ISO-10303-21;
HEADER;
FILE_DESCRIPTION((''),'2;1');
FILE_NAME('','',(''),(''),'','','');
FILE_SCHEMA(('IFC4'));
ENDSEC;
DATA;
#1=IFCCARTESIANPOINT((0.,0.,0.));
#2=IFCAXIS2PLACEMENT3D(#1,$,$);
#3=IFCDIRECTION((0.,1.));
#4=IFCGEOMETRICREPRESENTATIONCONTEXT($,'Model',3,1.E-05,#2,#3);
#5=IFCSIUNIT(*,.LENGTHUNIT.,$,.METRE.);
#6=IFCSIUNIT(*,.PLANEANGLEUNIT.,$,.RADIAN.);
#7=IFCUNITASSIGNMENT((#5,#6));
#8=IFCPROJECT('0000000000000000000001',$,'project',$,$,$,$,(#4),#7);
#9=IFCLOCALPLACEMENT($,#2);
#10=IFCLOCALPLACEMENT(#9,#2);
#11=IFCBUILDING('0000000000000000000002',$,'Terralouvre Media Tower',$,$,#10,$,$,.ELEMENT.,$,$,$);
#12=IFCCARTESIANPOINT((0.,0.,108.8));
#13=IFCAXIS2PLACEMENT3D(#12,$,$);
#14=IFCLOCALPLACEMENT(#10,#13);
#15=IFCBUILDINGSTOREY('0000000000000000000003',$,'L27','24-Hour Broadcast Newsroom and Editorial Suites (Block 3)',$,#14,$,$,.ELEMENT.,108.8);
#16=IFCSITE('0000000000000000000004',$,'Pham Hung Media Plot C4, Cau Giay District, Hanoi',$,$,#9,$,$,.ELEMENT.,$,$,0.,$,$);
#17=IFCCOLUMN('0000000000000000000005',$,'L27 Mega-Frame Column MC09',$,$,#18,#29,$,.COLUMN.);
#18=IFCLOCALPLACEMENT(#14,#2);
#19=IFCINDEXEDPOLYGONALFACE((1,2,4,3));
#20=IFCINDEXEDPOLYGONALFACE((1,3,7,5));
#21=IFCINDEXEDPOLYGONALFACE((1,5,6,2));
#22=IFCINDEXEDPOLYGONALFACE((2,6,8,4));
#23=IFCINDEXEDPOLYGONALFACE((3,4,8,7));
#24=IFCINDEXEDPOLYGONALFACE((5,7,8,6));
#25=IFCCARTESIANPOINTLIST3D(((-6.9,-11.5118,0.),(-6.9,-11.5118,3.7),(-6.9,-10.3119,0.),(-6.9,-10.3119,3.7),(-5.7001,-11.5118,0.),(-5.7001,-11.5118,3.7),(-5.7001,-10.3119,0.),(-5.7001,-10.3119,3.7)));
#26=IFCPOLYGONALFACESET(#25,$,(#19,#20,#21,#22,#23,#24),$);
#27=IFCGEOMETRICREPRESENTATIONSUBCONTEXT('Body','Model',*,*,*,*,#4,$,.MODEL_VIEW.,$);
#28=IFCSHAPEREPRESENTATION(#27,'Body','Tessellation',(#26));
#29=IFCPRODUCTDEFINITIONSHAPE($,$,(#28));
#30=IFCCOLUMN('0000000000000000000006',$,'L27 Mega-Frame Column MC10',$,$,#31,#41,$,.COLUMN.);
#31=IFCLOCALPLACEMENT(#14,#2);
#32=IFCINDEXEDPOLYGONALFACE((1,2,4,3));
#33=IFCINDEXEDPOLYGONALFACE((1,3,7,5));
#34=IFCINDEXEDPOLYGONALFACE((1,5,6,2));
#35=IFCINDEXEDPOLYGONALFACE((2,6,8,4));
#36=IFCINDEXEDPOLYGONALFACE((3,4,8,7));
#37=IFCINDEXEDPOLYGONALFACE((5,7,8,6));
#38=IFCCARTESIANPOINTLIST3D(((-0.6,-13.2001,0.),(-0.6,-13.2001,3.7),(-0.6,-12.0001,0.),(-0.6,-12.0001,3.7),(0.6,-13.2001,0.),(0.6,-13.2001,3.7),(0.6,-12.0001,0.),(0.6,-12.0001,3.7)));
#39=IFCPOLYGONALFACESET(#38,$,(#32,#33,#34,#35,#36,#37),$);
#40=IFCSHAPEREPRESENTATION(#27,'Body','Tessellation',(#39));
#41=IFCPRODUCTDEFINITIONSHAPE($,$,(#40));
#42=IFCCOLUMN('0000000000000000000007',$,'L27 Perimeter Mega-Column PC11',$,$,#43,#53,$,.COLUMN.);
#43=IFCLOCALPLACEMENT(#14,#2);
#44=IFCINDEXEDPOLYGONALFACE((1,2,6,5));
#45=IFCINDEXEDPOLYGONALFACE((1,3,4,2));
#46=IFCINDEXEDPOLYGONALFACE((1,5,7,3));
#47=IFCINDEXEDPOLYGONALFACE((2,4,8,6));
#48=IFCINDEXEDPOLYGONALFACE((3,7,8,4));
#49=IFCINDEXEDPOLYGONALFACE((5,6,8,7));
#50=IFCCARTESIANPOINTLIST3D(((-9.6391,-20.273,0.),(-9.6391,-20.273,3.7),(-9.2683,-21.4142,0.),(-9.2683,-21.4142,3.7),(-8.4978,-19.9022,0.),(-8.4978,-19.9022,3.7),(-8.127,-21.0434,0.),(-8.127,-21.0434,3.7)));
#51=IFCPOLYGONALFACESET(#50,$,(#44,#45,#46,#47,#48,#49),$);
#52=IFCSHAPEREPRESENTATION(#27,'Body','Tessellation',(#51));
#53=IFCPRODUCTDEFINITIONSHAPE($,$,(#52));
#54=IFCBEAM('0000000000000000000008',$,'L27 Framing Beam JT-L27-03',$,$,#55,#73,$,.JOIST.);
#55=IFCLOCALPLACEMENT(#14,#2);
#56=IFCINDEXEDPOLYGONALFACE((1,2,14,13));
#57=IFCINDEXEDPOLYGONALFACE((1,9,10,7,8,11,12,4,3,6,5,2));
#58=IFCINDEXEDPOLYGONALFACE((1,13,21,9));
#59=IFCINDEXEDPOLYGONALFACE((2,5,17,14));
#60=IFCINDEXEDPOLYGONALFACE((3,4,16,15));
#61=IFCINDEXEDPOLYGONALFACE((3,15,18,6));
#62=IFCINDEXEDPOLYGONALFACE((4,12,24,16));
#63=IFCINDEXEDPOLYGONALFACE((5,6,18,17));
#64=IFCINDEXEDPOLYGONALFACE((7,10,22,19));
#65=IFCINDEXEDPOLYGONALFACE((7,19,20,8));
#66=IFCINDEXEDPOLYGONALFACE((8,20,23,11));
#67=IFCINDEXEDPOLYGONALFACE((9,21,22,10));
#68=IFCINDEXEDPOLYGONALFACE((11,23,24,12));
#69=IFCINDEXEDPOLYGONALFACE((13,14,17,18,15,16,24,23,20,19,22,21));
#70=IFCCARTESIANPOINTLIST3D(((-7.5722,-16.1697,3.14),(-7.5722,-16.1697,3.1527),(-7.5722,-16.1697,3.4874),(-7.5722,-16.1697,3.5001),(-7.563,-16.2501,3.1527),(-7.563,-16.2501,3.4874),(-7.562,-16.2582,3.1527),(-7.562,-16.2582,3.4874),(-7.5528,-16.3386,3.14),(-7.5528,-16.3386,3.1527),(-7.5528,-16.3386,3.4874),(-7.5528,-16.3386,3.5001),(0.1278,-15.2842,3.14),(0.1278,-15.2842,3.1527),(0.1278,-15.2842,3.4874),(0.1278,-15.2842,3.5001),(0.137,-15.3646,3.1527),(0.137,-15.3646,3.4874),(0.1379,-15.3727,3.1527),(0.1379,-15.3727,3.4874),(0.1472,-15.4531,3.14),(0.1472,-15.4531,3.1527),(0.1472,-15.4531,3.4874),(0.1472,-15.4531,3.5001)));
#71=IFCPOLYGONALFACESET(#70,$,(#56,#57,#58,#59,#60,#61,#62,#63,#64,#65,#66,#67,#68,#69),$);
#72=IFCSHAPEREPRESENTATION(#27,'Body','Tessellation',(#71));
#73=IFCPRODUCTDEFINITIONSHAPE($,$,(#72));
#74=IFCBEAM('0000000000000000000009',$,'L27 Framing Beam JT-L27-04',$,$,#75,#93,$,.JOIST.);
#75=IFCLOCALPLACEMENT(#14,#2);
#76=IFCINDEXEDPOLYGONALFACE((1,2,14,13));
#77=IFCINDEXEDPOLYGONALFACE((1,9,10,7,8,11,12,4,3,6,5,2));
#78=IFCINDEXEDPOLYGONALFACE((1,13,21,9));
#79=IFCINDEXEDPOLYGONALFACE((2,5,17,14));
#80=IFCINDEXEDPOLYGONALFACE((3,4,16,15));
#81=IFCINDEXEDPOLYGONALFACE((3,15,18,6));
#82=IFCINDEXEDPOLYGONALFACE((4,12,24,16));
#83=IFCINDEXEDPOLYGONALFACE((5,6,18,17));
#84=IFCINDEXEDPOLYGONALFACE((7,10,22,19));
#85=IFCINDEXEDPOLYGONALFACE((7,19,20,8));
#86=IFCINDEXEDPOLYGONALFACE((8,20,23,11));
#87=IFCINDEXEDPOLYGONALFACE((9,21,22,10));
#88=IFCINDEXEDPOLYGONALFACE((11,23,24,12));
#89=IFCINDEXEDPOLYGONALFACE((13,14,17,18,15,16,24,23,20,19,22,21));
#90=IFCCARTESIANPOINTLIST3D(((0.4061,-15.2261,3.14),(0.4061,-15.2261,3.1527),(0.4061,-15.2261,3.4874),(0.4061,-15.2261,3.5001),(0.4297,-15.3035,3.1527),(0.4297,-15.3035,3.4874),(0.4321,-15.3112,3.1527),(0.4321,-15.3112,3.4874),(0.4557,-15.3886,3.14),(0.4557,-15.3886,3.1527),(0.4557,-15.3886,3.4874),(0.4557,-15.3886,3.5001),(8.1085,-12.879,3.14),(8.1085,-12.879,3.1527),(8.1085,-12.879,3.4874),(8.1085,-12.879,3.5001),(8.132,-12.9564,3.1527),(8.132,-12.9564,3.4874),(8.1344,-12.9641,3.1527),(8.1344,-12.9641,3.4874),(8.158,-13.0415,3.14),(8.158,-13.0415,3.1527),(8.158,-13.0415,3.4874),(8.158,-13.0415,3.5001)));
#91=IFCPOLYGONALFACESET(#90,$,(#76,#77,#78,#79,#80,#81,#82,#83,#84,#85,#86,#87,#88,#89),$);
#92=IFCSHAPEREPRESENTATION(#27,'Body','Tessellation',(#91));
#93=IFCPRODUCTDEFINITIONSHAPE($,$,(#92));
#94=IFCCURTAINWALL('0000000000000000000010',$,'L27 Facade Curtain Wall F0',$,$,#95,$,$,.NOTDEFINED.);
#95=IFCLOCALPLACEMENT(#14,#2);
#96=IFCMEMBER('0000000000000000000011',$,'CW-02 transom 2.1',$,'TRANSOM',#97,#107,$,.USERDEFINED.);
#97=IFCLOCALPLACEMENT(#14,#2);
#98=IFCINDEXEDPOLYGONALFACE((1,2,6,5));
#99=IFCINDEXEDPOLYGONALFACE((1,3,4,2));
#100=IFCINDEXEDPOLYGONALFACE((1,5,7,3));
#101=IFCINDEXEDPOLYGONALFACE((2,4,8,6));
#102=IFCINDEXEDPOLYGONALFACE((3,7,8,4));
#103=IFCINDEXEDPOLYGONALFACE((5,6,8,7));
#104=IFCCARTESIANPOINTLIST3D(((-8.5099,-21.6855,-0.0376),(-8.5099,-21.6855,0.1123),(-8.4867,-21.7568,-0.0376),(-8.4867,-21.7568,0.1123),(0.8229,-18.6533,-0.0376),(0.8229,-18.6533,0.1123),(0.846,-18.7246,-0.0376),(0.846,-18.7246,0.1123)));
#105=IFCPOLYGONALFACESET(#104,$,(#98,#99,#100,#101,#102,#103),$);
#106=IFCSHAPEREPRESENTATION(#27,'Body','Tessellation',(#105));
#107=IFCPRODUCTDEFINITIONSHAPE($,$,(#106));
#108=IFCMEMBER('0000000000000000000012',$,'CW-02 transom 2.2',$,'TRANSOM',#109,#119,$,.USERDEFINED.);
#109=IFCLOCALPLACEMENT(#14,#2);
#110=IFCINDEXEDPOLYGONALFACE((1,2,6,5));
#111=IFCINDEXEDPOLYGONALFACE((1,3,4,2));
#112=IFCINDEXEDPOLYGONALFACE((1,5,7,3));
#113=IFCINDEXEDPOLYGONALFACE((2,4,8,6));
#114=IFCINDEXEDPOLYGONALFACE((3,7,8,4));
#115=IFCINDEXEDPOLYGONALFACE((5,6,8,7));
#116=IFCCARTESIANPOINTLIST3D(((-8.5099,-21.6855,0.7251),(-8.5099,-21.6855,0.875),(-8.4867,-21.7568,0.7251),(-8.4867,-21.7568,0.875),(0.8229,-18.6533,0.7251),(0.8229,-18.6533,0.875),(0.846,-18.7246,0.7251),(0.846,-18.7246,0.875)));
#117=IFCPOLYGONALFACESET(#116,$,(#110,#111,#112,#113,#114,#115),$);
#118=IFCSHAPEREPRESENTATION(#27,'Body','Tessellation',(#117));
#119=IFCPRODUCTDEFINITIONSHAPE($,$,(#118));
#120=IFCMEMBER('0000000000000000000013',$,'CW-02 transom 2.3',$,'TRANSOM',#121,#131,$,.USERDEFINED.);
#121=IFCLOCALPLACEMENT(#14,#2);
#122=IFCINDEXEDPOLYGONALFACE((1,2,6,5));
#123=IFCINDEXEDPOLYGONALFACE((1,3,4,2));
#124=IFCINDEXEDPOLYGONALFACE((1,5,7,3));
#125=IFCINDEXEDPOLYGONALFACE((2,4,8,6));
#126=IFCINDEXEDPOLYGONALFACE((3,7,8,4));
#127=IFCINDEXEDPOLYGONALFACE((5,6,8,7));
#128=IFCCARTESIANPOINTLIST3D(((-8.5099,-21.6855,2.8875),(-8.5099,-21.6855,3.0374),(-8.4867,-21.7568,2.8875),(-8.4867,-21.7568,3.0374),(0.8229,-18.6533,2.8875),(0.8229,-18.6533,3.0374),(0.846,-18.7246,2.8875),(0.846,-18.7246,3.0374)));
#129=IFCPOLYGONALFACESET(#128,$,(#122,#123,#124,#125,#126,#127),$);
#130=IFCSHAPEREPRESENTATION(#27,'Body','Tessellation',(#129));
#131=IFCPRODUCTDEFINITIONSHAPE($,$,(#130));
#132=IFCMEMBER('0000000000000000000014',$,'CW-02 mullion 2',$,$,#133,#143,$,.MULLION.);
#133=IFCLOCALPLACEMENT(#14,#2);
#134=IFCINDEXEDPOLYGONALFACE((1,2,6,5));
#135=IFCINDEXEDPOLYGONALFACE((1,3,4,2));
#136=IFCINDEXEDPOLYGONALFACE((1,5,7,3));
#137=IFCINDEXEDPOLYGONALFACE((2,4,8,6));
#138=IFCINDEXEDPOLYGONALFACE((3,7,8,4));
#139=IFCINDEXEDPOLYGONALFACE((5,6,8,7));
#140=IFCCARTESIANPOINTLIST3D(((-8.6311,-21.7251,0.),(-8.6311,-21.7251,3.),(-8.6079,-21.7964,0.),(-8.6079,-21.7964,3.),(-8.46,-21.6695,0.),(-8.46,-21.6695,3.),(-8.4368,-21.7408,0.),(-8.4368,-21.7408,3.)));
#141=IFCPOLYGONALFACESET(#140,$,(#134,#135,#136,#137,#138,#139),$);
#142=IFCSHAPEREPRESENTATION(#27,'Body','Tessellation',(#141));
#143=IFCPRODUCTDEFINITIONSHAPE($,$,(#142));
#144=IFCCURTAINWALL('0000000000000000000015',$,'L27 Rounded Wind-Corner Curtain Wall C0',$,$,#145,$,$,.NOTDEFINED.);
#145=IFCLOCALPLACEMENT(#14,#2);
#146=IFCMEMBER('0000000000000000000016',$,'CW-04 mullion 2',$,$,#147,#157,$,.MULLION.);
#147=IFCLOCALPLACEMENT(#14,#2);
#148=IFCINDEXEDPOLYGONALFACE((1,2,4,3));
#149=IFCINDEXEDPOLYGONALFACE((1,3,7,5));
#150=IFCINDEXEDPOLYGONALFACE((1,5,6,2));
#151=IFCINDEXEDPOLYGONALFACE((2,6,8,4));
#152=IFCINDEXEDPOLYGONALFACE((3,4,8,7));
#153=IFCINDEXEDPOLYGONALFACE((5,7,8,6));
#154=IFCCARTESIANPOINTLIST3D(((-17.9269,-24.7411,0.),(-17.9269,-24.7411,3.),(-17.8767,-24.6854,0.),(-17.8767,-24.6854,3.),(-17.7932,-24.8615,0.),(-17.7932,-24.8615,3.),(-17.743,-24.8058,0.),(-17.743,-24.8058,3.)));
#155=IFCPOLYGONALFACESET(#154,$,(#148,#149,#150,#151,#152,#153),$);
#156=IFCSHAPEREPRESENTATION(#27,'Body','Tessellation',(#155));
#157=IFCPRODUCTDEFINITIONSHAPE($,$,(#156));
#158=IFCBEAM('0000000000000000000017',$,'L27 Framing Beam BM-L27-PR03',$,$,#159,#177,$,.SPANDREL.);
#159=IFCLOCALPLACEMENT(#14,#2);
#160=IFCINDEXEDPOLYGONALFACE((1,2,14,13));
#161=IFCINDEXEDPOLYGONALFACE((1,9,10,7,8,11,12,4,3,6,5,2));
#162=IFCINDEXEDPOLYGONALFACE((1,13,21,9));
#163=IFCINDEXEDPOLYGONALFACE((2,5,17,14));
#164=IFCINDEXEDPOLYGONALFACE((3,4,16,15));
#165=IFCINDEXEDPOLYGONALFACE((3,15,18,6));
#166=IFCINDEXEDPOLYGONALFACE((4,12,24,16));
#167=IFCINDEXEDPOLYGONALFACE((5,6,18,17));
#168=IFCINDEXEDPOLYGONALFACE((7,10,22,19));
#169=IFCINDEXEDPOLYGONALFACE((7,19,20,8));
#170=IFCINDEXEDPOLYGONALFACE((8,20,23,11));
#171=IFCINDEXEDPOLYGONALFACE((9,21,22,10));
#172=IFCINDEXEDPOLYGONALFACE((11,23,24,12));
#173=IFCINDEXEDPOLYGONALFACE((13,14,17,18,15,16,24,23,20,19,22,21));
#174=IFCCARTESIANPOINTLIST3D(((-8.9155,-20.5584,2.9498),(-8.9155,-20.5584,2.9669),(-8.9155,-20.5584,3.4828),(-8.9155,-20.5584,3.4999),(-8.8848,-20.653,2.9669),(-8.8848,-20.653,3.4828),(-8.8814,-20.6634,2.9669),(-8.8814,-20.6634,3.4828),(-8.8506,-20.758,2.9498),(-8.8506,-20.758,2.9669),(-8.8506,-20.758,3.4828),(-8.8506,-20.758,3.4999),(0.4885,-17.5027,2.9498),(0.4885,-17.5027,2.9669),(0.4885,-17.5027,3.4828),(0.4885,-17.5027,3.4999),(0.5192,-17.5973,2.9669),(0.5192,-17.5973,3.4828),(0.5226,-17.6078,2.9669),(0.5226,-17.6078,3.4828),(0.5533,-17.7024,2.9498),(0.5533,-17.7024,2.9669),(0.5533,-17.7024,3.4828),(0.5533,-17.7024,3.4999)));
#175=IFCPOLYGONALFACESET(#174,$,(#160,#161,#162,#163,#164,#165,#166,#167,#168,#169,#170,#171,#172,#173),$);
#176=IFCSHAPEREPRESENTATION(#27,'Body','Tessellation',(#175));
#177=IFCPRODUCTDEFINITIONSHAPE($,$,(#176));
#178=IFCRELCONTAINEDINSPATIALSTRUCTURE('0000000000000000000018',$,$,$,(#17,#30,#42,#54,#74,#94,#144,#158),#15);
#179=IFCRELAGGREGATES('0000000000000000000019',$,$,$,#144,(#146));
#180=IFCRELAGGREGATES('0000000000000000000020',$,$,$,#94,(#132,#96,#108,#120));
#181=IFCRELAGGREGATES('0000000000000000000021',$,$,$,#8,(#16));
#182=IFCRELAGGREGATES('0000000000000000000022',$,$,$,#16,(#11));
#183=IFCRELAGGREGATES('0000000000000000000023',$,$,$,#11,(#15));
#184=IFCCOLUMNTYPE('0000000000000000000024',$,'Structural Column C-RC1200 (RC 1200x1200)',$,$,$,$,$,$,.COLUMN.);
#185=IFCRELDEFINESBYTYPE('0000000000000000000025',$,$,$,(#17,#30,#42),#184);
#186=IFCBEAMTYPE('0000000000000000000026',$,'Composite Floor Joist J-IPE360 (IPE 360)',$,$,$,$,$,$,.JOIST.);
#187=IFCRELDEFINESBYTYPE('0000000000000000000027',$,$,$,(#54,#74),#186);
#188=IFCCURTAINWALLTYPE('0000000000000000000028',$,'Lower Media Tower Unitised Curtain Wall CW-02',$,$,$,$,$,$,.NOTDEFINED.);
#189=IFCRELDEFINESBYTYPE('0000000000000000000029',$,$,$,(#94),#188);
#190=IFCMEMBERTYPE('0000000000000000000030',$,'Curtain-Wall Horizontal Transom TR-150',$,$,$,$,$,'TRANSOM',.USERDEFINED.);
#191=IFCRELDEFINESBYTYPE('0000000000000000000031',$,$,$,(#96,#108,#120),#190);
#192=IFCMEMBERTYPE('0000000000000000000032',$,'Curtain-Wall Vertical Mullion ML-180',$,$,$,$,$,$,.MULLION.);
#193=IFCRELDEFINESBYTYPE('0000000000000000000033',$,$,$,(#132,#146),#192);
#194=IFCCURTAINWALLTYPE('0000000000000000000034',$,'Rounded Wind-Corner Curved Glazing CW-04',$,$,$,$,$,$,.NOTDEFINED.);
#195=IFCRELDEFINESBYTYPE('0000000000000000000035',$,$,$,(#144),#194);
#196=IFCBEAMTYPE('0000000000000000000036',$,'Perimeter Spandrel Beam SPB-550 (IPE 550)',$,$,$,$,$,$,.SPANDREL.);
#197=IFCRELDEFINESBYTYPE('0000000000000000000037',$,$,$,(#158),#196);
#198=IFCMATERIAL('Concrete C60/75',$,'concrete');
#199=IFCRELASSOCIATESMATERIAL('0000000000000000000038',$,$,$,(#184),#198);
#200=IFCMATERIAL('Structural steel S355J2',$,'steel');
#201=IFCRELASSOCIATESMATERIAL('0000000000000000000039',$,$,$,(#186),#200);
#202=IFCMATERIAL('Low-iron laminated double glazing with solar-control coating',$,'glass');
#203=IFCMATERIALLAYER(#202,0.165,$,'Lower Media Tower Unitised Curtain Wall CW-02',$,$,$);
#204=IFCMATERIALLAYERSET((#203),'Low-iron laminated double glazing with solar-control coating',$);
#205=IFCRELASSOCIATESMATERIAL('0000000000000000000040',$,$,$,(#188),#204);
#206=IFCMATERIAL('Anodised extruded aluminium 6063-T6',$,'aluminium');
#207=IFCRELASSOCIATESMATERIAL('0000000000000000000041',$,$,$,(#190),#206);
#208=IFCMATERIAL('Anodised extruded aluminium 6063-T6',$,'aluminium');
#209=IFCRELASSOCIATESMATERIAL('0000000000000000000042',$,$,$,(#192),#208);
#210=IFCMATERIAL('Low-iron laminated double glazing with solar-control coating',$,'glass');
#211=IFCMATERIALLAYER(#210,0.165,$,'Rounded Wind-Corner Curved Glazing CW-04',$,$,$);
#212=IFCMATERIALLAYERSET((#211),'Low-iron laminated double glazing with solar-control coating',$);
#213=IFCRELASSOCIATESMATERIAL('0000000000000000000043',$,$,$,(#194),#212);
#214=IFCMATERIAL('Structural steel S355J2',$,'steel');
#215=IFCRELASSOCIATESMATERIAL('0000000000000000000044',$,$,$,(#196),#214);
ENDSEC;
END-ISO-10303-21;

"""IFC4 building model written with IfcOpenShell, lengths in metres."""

from ifc_helpers import new_model, si_unit, direction, frame, origin, origin_2d, place, context, subcontext, project, spatial, rectangle, i_section, extrude, material, layer, layer_set, material_profile, profile_set, type_object, element, aggregate, save


model = new_model("IFC4")

# Units and contexts
model_context = context("Model", 3, precision=1e-05, world=origin(), true_north=direction((0.0, 1.0)))
body_context = subcontext(model_context, "Body", "Model", "MODEL_VIEW")
ifc_project = project(units=[si_unit("LENGTHUNIT", "METRE"), si_unit("PLANEANGLEUNIT", "RADIAN")], contexts=[model_context])

# Site, building, storey
site_placement = place(None, origin())
site = spatial("IfcSite", under=ifc_project, at=site_placement, Name="Pham Hung Media Plot C4, Cau Giay District, Hanoi", CompositionType="ELEMENT", RefElevation=0.0)
building_placement = place(site_placement, origin())
building = spatial("IfcBuilding", under=site, at=building_placement, Name="Terralouvre Media Tower", CompositionType="ELEMENT")
storey_placement = place(building_placement, frame((0.0, 0.0, 108.8)))
storey = spatial("IfcBuildingStorey", under=building, at=storey_placement, Name="L27", Description="24-Hour Broadcast Newsroom and Editorial Suites (Block 3)", CompositionType="ELEMENT", Elevation=108.8)

# Columns
ifc_material_1 = material(Name="Concrete C60/75", Category="concrete")
ifc_material_profile_1 = material_profile(ifc_material_1, rectangle(XDim=1.2, YDim=1.2, at=origin_2d()), Name="RC 1200x1200")
ifc_profile_set_1 = profile_set([ifc_material_profile_1], Name="Concrete C60/75")
column_type = type_object("IfcColumnType", Name="Structural Column C-RC1200 (RC 1200x1200)", PredefinedType="COLUMN", material=ifc_profile_set_1)
for number, where, z_axis, x_axis, name in (
    (1, (-6.3, -10.9119, 0.0), (0.0, 0.0, 1.0), (1.0, 0.0, 0.0), "L27 Mega-Frame Column MC09"),
    (2, (0.0, -12.6001, 0.0), (0.0, 0.0, 1.0), (1.0, 0.0, 0.0), "L27 Mega-Frame Column MC10"),
    (3, (-8.8831, -20.6582, 0.0), (0.0, 0.0, 1.0), (0.951057, 0.309017, 0.0), "L27 Perimeter Mega-Column PC11"),
):
    element("IfcColumn", number, at=place(storey_placement, frame(where, z_axis=z_axis, x_axis=x_axis)), inside=storey, type_object=column_type, Name=name, PredefinedType="COLUMN", context=body_context, shape_type="SweptSolid", body=[
        extrude(rectangle(XDim=1.2, YDim=1.2, at=origin_2d()), origin(), (0.0, 0.0, 1.0), 3.7),
    ])

# Beams
ifc_material_2 = material(Name="Structural steel S355J2", Category="steel")
ifc_material_profile_2 = material_profile(ifc_material_2, i_section(OverallWidth=0.1699, OverallDepth=0.3601, WebThickness=0.0081, FlangeThickness=0.0127, at=origin_2d()), Name="IPE 360")
ifc_profile_set_2 = profile_set([ifc_material_profile_2], Name="Structural steel S355J2")
beam_type_1 = type_object("IfcBeamType", Name="Composite Floor Joist J-IPE360 (IPE 360)", PredefinedType="JOIST", material=ifc_profile_set_2)
beam_1_placement = place(storey_placement, frame((-7.5625, -16.2542, 3.3201), z_axis=(0.993452, 0.114247, 0.0), x_axis=(-0.114247, 0.993452, 0.0)))
element("IfcBeam", 4, at=beam_1_placement, inside=storey, type_object=beam_type_1, Name="L27 Framing Beam JT-L27-03", PredefinedType="JOIST", context=body_context, shape_type="SweptSolid", body=[
    extrude(i_section(OverallWidth=0.1699, OverallDepth=0.3601, WebThickness=0.0081, FlangeThickness=0.0127, at=origin_2d()), origin(), (0.0, 0.0, 1.0), 7.7507),
])
beam_2_placement = place(storey_placement, frame((0.4309, -15.3074, 3.3201), z_axis=(0.956571, 0.291498, 0.0), x_axis=(-0.291498, 0.956571, 0.0)))
element("IfcBeam", 5, at=beam_2_placement, inside=storey, type_object=beam_type_1, Name="L27 Framing Beam JT-L27-04", PredefinedType="JOIST", context=body_context, shape_type="SweptSolid", body=[
    extrude(i_section(OverallWidth=0.1699, OverallDepth=0.3601, WebThickness=0.0081, FlangeThickness=0.0127, at=origin_2d()), origin(), (0.0, 0.0, 1.0), 8.052),
])

# Curtain wall, members
ifc_material_3 = material(Name="Low-iron laminated double glazing with solar-control coating", Category="glass")
ifc_layer_1 = layer(ifc_material_3, 0.165, Name="Lower Media Tower Unitised Curtain Wall CW-02")
ifc_layer_set_1 = layer_set([ifc_layer_1], Name="Low-iron laminated double glazing with solar-control coating")
curtain_wall_type_1 = type_object("IfcCurtainWallType", Name="Lower Media Tower Unitised Curtain Wall CW-02", PredefinedType="NOTDEFINED", material=ifc_layer_set_1)
curtain_wall_1_placement = place(storey_placement, origin())
curtain_wall_1 = element("IfcCurtainWall", 6, at=curtain_wall_1_placement, inside=storey, type_object=curtain_wall_type_1, Name="L27 Facade Curtain Wall F0", PredefinedType="NOTDEFINED")
ifc_material_4 = material(Name="Anodised extruded aluminium 6063-T6", Category="aluminium")
ifc_material_profile_3 = material_profile(ifc_material_4, rectangle(XDim=0.075, YDim=0.1499, at=origin_2d()), Name="ALU 75x150")
ifc_profile_set_3 = profile_set([ifc_material_profile_3], Name="Anodised extruded aluminium 6063-T6")
member_type_1 = type_object("IfcMemberType", Name="Curtain-Wall Horizontal Transom TR-150", ElementType="TRANSOM", PredefinedType="USERDEFINED", material=ifc_profile_set_3)
member_1_placement = place(storey_placement, frame((-8.4983, -21.7212, 0.0374), z_axis=(0.951062, 0.309001, 0.0), x_axis=(-0.309001, 0.951062, 0.0)))
member_1 = element("IfcMember", 7, at=member_1_placement, type_object=member_type_1, Name="CW-02 transom 2.1", ObjectType="TRANSOM", PredefinedType="USERDEFINED", context=body_context, shape_type="SweptSolid", body=[
    extrude(rectangle(XDim=0.075, YDim=0.1499, at=origin_2d()), origin(), (0.0, 0.0, 1.0), 9.813),
])
member_2_placement = place(storey_placement, frame((-8.4983, -21.7212, 0.8), z_axis=(0.951062, 0.309001, 0.0), x_axis=(-0.309001, 0.951062, 0.0)))
member_2 = element("IfcMember", 8, at=member_2_placement, type_object=member_type_1, Name="CW-02 transom 2.2", ObjectType="TRANSOM", PredefinedType="USERDEFINED", context=body_context, shape_type="SweptSolid", body=[
    extrude(rectangle(XDim=0.075, YDim=0.1499, at=origin_2d()), origin(), (0.0, 0.0, 1.0), 9.813),
])
member_3_placement = place(storey_placement, frame((-8.4983, -21.7212, 2.9624), z_axis=(0.951062, 0.309001, 0.0), x_axis=(-0.309001, 0.951062, 0.0)))
member_3 = element("IfcMember", 9, at=member_3_placement, type_object=member_type_1, Name="CW-02 transom 2.3", ObjectType="TRANSOM", PredefinedType="USERDEFINED", context=body_context, shape_type="SweptSolid", body=[
    extrude(rectangle(XDim=0.075, YDim=0.1499, at=origin_2d()), origin(), (0.0, 0.0, 1.0), 9.813),
])
ifc_material_5 = material(Name="Anodised extruded aluminium 6063-T6", Category="aluminium")
ifc_material_profile_4 = material_profile(ifc_material_5, rectangle(XDim=0.075, YDim=0.1799, at=origin_2d()), Name="ALU 75x180")
ifc_profile_set_4 = profile_set([ifc_material_profile_4], Name="Anodised extruded aluminium 6063-T6")
member_type_2 = type_object("IfcMemberType", Name="Curtain-Wall Vertical Mullion ML-180", PredefinedType="MULLION", material=ifc_profile_set_4)
member_4_placement = place(storey_placement, frame((-8.5339, -21.7329, 0.0), z_axis=(0.0, 0.0, 1.0), x_axis=(-0.309017, 0.951057, 0.0)))
member_4 = element("IfcMember", 10, at=member_4_placement, type_object=member_type_2, Name="CW-02 mullion 2", PredefinedType="MULLION", context=body_context, shape_type="SweptSolid", body=[
    extrude(rectangle(XDim=0.075, YDim=0.1799, at=origin_2d()), origin(), (0.0, 0.0, 1.0), 3.0),
])

# Curtain wall, member
ifc_material_6 = material(Name="Low-iron laminated double glazing with solar-control coating", Category="glass")
ifc_layer_2 = layer(ifc_material_6, 0.165, Name="Rounded Wind-Corner Curved Glazing CW-04")
ifc_layer_set_2 = layer_set([ifc_layer_2], Name="Low-iron laminated double glazing with solar-control coating")
curtain_wall_type_2 = type_object("IfcCurtainWallType", Name="Rounded Wind-Corner Curved Glazing CW-04", PredefinedType="NOTDEFINED", material=ifc_layer_set_2)
curtain_wall_2_placement = place(storey_placement, origin())
curtain_wall_2 = element("IfcCurtainWall", 11, at=curtain_wall_2_placement, inside=storey, type_object=curtain_wall_type_2, Name="L27 Rounded Wind-Corner Curtain Wall C0", PredefinedType="NOTDEFINED")
member_5_placement = place(storey_placement, frame((-17.835, -24.7734, 0.0), z_axis=(0.0, 0.0, 1.0), x_axis=(0.669131, 0.743145, 0.0)))
member_5 = element("IfcMember", 12, at=member_5_placement, type_object=member_type_2, Name="CW-04 mullion 2", PredefinedType="MULLION", context=body_context, shape_type="SweptSolid", body=[
    extrude(rectangle(XDim=0.075, YDim=0.1799, at=origin_2d()), origin(), (0.0, 0.0, 1.0), 3.0),
])
aggregate(curtain_wall_2, [member_5])

# Beam
ifc_material_7 = material(Name="Structural steel S355J2", Category="steel")
ifc_material_profile_5 = material_profile(ifc_material_7, i_section(OverallWidth=0.21, OverallDepth=0.55, WebThickness=0.011, FlangeThickness=0.0171, at=origin_2d()), Name="IPE 550")
ifc_profile_set_5 = profile_set([ifc_material_profile_5], Name="Structural steel S355J2")
beam_type_2 = type_object("IfcBeamType", Name="Perimeter Spandrel Beam SPB-550 (IPE 550)", PredefinedType="SPANDREL", material=ifc_profile_set_5)
beam_3_placement = place(storey_placement, frame((-8.8831, -20.6582, 3.2249), z_axis=(0.951053, 0.309026, 0.0), x_axis=(-0.309026, 0.951053, 0.0)))
element("IfcBeam", 13, at=beam_3_placement, inside=storey, type_object=beam_type_2, Name="L27 Framing Beam BM-L27-PR03", PredefinedType="SPANDREL", context=body_context, shape_type="SweptSolid", body=[
    extrude(i_section(OverallWidth=0.21, OverallDepth=0.55, WebThickness=0.011, FlangeThickness=0.0171, at=origin_2d()), origin(), (0.0, 0.0, 1.0), 9.8879),
])

aggregate(curtain_wall_1, [member_4, member_1, member_2, member_3])

save(model, "model.ifc")
